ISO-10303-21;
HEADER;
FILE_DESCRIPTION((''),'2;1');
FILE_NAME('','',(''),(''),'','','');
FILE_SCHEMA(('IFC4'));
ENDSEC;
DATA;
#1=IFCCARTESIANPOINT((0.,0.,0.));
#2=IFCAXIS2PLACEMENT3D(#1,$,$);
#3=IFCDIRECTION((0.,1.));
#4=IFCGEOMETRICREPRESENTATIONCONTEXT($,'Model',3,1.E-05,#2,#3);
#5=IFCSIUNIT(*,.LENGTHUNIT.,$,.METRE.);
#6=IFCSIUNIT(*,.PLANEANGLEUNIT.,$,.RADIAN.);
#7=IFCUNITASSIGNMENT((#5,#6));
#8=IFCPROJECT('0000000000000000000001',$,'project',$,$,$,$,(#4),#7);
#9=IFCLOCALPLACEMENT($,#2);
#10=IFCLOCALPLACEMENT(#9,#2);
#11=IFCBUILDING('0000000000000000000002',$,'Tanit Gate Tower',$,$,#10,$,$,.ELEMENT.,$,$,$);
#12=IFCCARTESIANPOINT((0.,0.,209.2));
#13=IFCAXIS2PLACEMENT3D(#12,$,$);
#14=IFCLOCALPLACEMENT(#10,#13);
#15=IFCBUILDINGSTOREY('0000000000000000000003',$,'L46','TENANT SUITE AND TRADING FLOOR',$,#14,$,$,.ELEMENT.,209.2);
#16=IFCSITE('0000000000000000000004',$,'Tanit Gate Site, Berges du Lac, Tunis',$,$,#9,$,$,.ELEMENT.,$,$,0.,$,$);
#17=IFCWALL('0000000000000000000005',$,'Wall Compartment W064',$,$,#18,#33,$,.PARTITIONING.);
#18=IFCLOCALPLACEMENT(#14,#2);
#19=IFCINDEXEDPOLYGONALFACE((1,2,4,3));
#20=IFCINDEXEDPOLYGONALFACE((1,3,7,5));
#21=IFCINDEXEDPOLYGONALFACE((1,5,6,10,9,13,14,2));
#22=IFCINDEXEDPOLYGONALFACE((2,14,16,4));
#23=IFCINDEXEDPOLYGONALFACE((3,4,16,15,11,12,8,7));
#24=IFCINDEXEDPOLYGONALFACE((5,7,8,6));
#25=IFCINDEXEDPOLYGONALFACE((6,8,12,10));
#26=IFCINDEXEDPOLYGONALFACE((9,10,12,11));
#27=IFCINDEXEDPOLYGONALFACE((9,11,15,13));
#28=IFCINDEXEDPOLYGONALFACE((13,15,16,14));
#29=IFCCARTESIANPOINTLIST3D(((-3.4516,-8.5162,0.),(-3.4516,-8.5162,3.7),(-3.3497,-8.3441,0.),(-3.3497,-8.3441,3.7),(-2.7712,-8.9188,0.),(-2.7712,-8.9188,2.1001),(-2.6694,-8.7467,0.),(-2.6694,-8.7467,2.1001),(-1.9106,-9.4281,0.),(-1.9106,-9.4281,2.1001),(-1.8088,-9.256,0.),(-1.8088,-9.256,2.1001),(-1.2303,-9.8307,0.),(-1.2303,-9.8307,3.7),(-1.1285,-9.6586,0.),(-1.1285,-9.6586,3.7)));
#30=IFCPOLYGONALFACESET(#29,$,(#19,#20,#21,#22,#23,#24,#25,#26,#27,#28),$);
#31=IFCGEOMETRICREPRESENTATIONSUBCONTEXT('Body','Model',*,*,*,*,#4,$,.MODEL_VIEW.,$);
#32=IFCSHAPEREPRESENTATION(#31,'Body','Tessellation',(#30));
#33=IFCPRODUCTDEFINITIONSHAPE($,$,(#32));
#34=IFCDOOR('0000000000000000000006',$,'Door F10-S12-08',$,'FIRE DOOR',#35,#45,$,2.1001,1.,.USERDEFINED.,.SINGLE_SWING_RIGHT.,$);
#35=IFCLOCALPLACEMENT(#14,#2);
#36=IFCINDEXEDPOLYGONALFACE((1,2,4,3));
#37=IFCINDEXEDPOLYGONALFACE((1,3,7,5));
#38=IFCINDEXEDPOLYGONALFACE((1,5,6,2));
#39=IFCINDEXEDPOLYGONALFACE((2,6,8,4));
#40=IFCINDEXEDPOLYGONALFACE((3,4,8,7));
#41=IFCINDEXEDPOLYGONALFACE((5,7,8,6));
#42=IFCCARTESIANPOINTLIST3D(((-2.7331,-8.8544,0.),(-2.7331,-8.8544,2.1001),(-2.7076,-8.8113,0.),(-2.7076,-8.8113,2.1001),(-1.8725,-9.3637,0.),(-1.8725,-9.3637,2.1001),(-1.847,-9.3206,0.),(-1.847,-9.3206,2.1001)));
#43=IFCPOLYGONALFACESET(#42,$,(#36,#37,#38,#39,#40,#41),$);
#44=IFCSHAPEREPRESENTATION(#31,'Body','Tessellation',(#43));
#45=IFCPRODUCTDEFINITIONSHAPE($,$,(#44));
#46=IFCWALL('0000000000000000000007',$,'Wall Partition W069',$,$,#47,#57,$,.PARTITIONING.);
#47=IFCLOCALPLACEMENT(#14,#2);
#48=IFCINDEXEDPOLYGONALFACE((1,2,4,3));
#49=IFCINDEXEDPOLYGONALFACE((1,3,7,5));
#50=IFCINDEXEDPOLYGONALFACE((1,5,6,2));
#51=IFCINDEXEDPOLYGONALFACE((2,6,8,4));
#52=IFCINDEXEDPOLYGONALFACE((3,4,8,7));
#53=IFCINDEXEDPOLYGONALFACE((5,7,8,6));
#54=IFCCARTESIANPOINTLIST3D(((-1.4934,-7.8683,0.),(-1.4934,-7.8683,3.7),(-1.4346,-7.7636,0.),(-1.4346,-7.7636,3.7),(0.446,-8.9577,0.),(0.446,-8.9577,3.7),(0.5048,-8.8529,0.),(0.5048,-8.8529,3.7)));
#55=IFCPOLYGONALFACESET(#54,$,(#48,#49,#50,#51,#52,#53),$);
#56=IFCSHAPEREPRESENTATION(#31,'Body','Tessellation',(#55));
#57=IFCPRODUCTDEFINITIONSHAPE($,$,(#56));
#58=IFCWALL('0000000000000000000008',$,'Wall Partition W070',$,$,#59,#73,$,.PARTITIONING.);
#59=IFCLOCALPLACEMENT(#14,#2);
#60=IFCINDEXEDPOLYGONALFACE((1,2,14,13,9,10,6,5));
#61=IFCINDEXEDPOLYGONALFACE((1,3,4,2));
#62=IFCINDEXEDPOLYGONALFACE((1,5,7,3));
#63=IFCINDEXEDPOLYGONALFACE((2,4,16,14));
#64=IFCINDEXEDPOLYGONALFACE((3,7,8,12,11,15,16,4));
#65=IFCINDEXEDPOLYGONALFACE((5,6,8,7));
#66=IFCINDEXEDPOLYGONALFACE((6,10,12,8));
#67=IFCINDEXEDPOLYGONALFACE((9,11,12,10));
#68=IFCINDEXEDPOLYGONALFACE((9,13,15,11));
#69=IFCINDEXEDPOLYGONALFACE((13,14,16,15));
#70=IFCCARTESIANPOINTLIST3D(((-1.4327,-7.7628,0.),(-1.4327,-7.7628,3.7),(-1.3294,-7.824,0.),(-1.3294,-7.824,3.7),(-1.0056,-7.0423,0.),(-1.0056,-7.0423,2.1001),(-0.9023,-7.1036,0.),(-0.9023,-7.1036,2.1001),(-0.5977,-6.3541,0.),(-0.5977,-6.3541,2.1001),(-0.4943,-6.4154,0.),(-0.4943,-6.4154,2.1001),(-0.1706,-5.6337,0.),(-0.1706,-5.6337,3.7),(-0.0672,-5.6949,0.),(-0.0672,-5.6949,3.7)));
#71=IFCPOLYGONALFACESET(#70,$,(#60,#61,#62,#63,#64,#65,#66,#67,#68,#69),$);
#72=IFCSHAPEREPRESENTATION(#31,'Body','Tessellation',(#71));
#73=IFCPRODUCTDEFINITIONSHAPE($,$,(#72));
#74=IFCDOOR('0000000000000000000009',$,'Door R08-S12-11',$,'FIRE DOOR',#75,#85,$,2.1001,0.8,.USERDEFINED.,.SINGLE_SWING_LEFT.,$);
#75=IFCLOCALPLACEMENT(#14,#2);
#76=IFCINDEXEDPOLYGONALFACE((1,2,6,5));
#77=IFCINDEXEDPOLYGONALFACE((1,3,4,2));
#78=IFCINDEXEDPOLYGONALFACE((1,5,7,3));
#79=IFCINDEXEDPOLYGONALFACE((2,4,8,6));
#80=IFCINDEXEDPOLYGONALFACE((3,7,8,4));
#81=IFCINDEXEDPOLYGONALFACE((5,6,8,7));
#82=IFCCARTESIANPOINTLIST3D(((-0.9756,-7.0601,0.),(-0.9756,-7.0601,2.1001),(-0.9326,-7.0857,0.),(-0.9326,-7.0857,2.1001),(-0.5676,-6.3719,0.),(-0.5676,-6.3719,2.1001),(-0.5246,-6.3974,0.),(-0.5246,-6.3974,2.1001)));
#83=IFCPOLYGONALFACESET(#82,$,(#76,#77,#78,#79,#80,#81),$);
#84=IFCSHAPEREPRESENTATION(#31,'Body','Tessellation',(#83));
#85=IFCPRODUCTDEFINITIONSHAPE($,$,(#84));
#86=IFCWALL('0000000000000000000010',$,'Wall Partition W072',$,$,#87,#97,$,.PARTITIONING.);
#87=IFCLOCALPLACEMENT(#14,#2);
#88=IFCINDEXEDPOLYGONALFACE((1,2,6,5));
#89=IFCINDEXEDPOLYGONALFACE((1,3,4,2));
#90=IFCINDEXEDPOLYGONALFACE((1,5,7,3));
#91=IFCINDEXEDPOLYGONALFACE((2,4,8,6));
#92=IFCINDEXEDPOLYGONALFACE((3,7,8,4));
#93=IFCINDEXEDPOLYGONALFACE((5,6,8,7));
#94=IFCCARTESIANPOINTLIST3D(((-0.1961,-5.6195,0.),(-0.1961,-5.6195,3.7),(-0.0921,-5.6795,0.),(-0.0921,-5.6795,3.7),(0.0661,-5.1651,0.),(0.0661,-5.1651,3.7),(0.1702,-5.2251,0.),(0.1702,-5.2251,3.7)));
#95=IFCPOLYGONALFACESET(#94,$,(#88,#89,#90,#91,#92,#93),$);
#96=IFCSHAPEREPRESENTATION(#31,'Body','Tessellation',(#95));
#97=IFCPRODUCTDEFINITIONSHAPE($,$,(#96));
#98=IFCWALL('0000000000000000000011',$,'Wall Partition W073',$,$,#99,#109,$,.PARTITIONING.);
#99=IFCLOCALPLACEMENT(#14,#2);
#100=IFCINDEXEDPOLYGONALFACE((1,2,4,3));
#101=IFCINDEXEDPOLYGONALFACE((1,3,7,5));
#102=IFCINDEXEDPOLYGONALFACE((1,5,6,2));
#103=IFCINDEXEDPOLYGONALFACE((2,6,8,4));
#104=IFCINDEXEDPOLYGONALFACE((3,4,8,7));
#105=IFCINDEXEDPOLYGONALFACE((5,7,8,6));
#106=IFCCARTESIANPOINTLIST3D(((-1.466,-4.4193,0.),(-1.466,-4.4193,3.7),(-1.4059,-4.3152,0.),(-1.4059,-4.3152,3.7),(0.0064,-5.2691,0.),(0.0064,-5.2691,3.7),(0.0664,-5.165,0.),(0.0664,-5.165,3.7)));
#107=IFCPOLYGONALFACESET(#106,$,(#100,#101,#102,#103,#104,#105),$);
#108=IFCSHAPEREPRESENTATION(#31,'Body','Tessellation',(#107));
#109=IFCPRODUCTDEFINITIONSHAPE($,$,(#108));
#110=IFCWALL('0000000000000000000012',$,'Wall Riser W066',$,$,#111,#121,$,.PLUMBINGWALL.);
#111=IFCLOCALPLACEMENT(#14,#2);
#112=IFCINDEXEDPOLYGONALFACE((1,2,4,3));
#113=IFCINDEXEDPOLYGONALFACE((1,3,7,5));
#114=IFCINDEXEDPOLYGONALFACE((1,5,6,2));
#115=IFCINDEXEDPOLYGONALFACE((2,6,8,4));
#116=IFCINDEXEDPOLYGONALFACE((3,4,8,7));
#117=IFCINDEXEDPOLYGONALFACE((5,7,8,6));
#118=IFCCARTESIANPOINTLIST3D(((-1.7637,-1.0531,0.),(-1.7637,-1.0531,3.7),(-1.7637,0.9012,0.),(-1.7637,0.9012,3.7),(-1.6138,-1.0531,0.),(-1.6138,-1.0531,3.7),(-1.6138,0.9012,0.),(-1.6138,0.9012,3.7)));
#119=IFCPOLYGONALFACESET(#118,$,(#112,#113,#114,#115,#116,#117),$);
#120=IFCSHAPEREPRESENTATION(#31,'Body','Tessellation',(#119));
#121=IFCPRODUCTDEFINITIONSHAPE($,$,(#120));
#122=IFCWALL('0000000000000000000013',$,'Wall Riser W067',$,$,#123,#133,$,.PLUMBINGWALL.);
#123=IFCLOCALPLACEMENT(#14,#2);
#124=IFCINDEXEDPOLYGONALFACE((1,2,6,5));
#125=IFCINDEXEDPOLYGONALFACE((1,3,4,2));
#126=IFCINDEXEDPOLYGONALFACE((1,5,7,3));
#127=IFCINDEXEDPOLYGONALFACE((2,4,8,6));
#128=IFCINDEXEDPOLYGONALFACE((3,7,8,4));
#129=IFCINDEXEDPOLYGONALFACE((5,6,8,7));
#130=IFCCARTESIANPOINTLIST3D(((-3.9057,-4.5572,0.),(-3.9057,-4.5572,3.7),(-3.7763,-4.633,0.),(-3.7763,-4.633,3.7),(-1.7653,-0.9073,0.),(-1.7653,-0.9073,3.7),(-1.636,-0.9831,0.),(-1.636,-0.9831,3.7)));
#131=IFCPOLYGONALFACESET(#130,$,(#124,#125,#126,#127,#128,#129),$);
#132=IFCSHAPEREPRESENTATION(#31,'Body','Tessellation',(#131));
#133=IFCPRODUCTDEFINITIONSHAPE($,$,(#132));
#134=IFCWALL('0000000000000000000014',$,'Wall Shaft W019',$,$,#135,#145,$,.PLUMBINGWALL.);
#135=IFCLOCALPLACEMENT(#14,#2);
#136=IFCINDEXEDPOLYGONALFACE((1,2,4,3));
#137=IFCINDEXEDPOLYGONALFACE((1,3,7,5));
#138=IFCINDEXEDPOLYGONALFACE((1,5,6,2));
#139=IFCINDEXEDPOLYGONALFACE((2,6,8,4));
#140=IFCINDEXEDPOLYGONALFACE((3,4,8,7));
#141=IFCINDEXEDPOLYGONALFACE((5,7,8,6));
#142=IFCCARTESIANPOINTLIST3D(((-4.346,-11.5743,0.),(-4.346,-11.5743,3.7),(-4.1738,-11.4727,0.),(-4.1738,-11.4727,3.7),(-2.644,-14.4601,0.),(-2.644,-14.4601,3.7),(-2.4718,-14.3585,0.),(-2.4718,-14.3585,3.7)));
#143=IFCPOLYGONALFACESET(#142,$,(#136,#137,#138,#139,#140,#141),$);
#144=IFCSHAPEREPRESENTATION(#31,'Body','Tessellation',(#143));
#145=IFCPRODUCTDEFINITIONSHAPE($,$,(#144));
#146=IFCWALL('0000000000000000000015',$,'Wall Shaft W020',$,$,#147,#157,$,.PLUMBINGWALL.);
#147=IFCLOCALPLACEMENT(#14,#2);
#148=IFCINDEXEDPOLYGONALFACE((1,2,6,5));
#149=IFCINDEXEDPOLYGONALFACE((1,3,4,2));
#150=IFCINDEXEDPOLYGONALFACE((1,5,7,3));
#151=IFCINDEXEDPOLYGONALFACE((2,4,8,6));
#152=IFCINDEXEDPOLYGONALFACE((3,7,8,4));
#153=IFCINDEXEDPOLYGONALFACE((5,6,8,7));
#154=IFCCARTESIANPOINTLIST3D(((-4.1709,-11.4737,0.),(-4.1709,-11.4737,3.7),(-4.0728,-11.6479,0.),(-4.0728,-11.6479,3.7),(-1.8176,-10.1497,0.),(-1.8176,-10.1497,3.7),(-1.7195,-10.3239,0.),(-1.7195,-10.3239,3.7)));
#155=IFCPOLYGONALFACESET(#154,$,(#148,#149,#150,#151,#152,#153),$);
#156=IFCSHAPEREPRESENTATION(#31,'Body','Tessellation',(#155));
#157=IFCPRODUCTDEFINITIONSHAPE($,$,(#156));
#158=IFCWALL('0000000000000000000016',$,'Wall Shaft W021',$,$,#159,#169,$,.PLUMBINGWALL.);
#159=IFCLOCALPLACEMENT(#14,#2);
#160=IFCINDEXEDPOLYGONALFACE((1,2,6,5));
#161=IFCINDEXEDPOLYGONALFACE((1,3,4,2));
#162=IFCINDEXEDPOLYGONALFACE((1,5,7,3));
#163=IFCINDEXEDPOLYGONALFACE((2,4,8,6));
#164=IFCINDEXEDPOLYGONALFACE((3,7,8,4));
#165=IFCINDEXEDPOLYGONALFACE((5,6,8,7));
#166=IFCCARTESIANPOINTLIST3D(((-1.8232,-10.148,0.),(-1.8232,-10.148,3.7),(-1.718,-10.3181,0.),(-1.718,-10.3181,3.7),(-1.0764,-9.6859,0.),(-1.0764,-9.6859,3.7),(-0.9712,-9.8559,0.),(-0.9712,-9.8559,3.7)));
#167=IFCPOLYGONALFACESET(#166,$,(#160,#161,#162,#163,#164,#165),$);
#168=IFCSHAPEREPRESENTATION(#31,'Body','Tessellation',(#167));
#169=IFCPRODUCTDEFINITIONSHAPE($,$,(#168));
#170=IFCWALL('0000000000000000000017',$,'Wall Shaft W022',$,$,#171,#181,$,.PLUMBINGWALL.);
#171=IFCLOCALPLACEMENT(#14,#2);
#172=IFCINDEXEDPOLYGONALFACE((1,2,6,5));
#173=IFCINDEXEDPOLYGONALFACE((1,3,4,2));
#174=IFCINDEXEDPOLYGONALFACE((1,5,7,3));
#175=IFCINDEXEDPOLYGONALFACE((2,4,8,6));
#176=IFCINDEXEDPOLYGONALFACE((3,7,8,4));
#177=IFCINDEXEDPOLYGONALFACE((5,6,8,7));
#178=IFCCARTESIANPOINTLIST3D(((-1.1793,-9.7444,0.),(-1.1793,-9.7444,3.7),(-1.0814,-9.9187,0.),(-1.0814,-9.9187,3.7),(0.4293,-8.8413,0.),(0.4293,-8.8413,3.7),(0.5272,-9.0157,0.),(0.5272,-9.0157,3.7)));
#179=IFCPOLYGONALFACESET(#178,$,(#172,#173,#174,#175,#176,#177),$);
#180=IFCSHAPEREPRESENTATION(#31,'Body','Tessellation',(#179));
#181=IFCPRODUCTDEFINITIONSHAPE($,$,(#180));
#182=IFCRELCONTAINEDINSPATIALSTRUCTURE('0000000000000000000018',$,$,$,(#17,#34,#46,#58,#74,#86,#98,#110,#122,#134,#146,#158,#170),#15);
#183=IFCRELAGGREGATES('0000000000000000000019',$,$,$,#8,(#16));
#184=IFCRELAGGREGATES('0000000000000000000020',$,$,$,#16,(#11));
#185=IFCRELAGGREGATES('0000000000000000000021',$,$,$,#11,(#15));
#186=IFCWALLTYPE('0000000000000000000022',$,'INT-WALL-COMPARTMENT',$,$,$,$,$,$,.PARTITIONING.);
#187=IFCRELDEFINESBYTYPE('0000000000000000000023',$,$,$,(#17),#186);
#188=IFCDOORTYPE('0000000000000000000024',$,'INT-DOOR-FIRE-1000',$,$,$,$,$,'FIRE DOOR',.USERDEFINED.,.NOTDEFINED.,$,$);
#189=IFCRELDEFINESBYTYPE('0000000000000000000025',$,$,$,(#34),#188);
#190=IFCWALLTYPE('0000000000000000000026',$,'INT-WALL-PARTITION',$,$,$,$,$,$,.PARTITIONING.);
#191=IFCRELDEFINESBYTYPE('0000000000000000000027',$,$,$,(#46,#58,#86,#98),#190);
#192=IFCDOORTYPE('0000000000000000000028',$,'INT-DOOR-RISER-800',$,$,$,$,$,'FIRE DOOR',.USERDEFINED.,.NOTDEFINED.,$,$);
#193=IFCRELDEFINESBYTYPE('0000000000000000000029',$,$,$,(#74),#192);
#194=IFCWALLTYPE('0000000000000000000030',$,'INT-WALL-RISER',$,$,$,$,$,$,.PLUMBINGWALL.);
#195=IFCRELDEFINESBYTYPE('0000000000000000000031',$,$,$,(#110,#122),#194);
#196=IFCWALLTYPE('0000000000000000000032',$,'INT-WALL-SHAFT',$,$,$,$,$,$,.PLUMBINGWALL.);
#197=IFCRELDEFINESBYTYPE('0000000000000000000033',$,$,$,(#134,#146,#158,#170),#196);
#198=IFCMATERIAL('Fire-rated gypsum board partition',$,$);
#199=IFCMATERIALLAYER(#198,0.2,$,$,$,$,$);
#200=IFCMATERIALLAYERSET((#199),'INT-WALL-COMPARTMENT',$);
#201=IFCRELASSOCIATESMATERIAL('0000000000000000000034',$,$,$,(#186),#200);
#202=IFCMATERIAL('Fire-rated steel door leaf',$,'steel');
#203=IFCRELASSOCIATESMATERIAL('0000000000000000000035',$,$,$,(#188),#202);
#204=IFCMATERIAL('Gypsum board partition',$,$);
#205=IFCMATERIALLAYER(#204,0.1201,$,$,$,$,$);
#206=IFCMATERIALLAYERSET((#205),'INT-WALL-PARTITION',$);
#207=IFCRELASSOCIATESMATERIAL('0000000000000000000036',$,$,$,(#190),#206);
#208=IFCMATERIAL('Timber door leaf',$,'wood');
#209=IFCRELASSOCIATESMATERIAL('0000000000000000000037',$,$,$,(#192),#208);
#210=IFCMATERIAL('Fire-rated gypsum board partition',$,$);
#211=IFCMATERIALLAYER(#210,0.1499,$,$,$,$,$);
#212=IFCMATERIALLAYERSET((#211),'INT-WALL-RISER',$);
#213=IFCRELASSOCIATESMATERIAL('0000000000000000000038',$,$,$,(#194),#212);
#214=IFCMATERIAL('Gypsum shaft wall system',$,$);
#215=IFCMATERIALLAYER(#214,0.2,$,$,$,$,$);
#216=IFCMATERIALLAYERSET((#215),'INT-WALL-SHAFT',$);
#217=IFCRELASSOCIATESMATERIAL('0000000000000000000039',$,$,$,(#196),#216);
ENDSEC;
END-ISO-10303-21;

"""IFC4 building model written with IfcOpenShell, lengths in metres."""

from ifc_helpers import new_model, si_unit, direction, frame, frame_2d, origin, place, context, subcontext, project, spatial, rectangle, extrude, material, layer, layer_set, type_object, element, fill, save


model = new_model("IFC4")

# Units and contexts
model_context = context("Model", 3, precision=1e-05, world=origin(), true_north=direction((0.0, 1.0)))
body_context = subcontext(model_context, "Body", "Model", "MODEL_VIEW")
ifc_project = project(units=[si_unit("LENGTHUNIT", "METRE"), si_unit("PLANEANGLEUNIT", "RADIAN")], contexts=[model_context])

# Site, building, storey
site_placement = place(None, origin())
site = spatial("IfcSite", under=ifc_project, at=site_placement, Name="Tanit Gate Site, Berges du Lac, Tunis", CompositionType="ELEMENT", RefElevation=0.0)
building_placement = place(site_placement, origin())
building = spatial("IfcBuilding", under=site, at=building_placement, Name="Tanit Gate Tower", CompositionType="ELEMENT")
storey_placement = place(building_placement, frame((0.0, 0.0, 209.2)))
storey = spatial("IfcBuildingStorey", under=building, at=storey_placement, Name="L46", Description="TENANT SUITE AND TRADING FLOOR", CompositionType="ELEMENT", Elevation=209.2)

# Wall, opening, door
ifc_material_1 = material(Name="Fire-rated gypsum board partition")
ifc_layer_1 = layer(ifc_material_1, 0.2)
ifc_layer_set_1 = layer_set([ifc_layer_1], Name="INT-WALL-COMPARTMENT")
wall_type_1 = type_object("IfcWallType", Name="INT-WALL-COMPARTMENT", PredefinedType="PARTITIONING", material=ifc_layer_set_1)
wall_1_placement = place(storey_placement, frame((-3.4006, -8.4302, 0.0), z_axis=(0.0, 0.0, 1.0), x_axis=(0.860599, -0.509284, 0.0)))
wall_1 = element("IfcWall", 1, at=wall_1_placement, inside=storey, type_object=wall_type_1, Name="Wall Compartment W064", PredefinedType="PARTITIONING", context=body_context, shape_type="SweptSolid", body=[
    extrude(rectangle(XDim=2.5811, YDim=0.2, at=frame_2d((1.2905, 0.0))), origin(), (0.0, 0.0, 1.0), 3.7),
])
opening_1_placement = place(wall_1_placement, frame((0.7905, 0.0, 0.0)))
opening_1 = element("IfcOpeningElement", 2, at=opening_1_placement, cuts=wall_1, PredefinedType="OPENING", context=body_context, shape_type="SweptSolid", body=[
    extrude(rectangle(XDim=1.0, YDim=2.1001, at=frame_2d((0.5, 1.05))), frame((0.0, 0.1099, 0.0), z_axis=(0.0, -1.0, 0.0), x_axis=(1.0, 0.0, 0.0)), (0.0, 0.0, 1.0), 0.22),
])
ifc_material_2 = material(Name="Fire-rated steel door leaf", Category="steel")
door_type_1 = type_object("IfcDoorType", Name="INT-DOOR-FIRE-1000", ElementType="FIRE DOOR", OperationType="NOTDEFINED", PredefinedType="USERDEFINED", material=ifc_material_2)
door_1_placement = place(opening_1_placement, origin())
door_1 = element("IfcDoor", 3, at=door_1_placement, inside=storey, type_object=door_type_1, Name="Door F10-S12-08", ObjectType="FIRE DOOR", OperationType="SINGLE_SWING_RIGHT", OverallHeight=2.1001, OverallWidth=1.0, PredefinedType="USERDEFINED", context=body_context, shape_type="SweptSolid", body=[
    extrude(rectangle(XDim=1.0, YDim=2.1001, at=frame_2d((0.5, 1.05))), frame((0.0, 0.0249, 0.0), z_axis=(0.0, -1.0, 0.0), x_axis=(1.0, 0.0, 0.0)), (0.0, 0.0, 1.0), 0.05),
])
fill(opening_1, door_1)

# Wall
ifc_material_3 = material(Name="Gypsum board partition")
ifc_layer_2 = layer(ifc_material_3, 0.1201)
ifc_layer_set_2 = layer_set([ifc_layer_2], Name="INT-WALL-PARTITION")
wall_type_2 = type_object("IfcWallType", Name="INT-WALL-PARTITION", PredefinedType="PARTITIONING", material=ifc_layer_set_2)
wall_2_placement = place(storey_placement, frame((-1.4641, -7.8159, 0.0), z_axis=(0.0, 0.0, 1.0), x_axis=(0.87188, -0.489719, 0.0)))
element("IfcWall", 4, at=wall_2_placement, inside=storey, type_object=wall_type_2, Name="Wall Partition W069", PredefinedType="PARTITIONING", context=body_context, shape_type="SweptSolid", body=[
    extrude(rectangle(XDim=2.2244, YDim=0.1201, at=frame_2d((1.1123, 0.0))), origin(), (0.0, 0.0, 1.0), 3.7),
])

# Wall, opening, door
wall_3_placement = place(storey_placement, frame((-0.1189, -5.6643, 0.0), z_axis=(0.0, 0.0, 1.0), x_axis=(-0.509948, -0.860205, 0.0)))
wall_3 = element("IfcWall", 5, at=wall_3_placement, inside=storey, type_object=wall_type_2, Name="Wall Partition W070", PredefinedType="PARTITIONING", context=body_context, shape_type="SweptSolid", body=[
    extrude(rectangle(XDim=2.4751, YDim=0.1201, at=frame_2d((1.2375, 0.0))), origin(), (0.0, 0.0, 1.0), 3.7),
])
opening_2_placement = place(wall_3_placement, frame((0.8376, 0.0, 0.0)))
opening_2 = element("IfcOpeningElement", 6, at=opening_2_placement, cuts=wall_3, PredefinedType="OPENING", context=body_context, shape_type="SweptSolid", body=[
    extrude(rectangle(XDim=0.8, YDim=2.1001, at=frame_2d((0.3999, 1.05))), frame((0.0, 0.0701, 0.0), z_axis=(0.0, -1.0, 0.0), x_axis=(1.0, 0.0, 0.0)), (0.0, 0.0, 1.0), 0.1401),
])
ifc_material_4 = material(Name="Timber door leaf", Category="wood")
door_type_2 = type_object("IfcDoorType", Name="INT-DOOR-RISER-800", ElementType="FIRE DOOR", OperationType="NOTDEFINED", PredefinedType="USERDEFINED", material=ifc_material_4)
door_2_placement = place(opening_2_placement, origin())
door_2 = element("IfcDoor", 7, at=door_2_placement, inside=storey, type_object=door_type_2, Name="Door R08-S12-11", ObjectType="FIRE DOOR", OperationType="SINGLE_SWING_LEFT", OverallHeight=2.1001, OverallWidth=0.8, PredefinedType="USERDEFINED", context=body_context, shape_type="SweptSolid", body=[
    extrude(rectangle(XDim=0.8, YDim=2.1001, at=frame_2d((0.3999, 1.05))), frame((0.0, 0.0249, 0.0), z_axis=(0.0, -1.0, 0.0), x_axis=(1.0, 0.0, 0.0)), (0.0, 0.0, 1.0), 0.05),
])
fill(opening_2, door_2)

# Walls
wall_4_placement = place(storey_placement, frame((-0.144, -5.6494, 0.0), z_axis=(0.0, 0.0, 1.0), x_axis=(0.499843, 0.866116, 0.0)))
element("IfcWall", 8, at=wall_4_placement, inside=storey, type_object=wall_type_2, Name="Wall Partition W072", PredefinedType="PARTITIONING", context=body_context, shape_type="SweptSolid", body=[
    extrude(rectangle(XDim=0.5247, YDim=0.1201, at=frame_2d((0.2622, 0.0))), origin(), (0.0, 0.0, 1.0), 3.7),
])
wall_5_placement = place(storey_placement, frame((-1.436, -4.3672, 0.0), z_axis=(0.0, 0.0, 1.0), x_axis=(0.866088, -0.499892, 0.0)))
element("IfcWall", 9, at=wall_5_placement, inside=storey, type_object=wall_type_2, Name="Wall Partition W073", PredefinedType="PARTITIONING", context=body_context, shape_type="SweptSolid", body=[
    extrude(rectangle(XDim=1.7, YDim=0.1201, at=frame_2d((0.8501, 0.0))), origin(), (0.0, 0.0, 1.0), 3.7),
])
ifc_material_5 = material(Name="Fire-rated gypsum board partition")
ifc_layer_3 = layer(ifc_material_5, 0.1499)
ifc_layer_set_3 = layer_set([ifc_layer_3], Name="INT-WALL-RISER")
wall_type_3 = type_object("IfcWallType", Name="INT-WALL-RISER", PredefinedType="PLUMBINGWALL", material=ifc_layer_set_3)
wall_6_placement = place(storey_placement, frame((-1.6887, -1.053, 0.0), z_axis=(0.0, 0.0, 1.0), x_axis=(0.0, 1.0, 0.0)))
element("IfcWall", 10, at=wall_6_placement, inside=storey, type_object=wall_type_3, Name="Wall Riser W066", PredefinedType="PLUMBINGWALL", context=body_context, shape_type="SweptSolid", body=[
    extrude(rectangle(XDim=1.9543, YDim=0.1499, at=frame_2d((0.9771, 0.0))), origin(), (0.0, 0.0, 1.0), 3.7),
])
wall_7_placement = place(storey_placement, frame((-3.8411, -4.5952, 0.0), z_axis=(0.0, 0.0, 1.0), x_axis=(0.505857, 0.862617, 0.0)))
element("IfcWall", 11, at=wall_7_placement, inside=storey, type_object=wall_type_3, Name="Wall Riser W067", PredefinedType="PLUMBINGWALL", context=body_context, shape_type="SweptSolid", body=[
    extrude(rectangle(XDim=4.2312, YDim=0.1499, at=frame_2d((2.1157, 0.0))), origin(), (0.0, 0.0, 1.0), 3.7),
])
ifc_material_6 = material(Name="Gypsum shaft wall system")
ifc_layer_4 = layer(ifc_material_6, 0.2)
ifc_layer_set_4 = layer_set([ifc_layer_4], Name="INT-WALL-SHAFT")
wall_type_4 = type_object("IfcWallType", Name="INT-WALL-SHAFT", PredefinedType="PLUMBINGWALL", material=ifc_layer_set_4)
wall_8_placement = place(storey_placement, frame((-2.5579, -14.4094, 0.0), z_axis=(0.0, 0.0, 1.0), x_axis=(-0.507997, 0.861359, 0.0)))
element("IfcWall", 12, at=wall_8_placement, inside=storey, type_object=wall_type_4, Name="Wall Shaft W019", PredefinedType="PLUMBINGWALL", context=body_context, shape_type="SweptSolid", body=[
    extrude(rectangle(XDim=3.3503, YDim=0.2, at=frame_2d((1.6753, 0.0))), origin(), (0.0, 0.0, 1.0), 3.7),
])
wall_9_placement = place(storey_placement, frame((-1.7686, -10.2368, 0.0), z_axis=(0.0, 0.0, 1.0), x_axis=(-0.871534, -0.490334, 0.0)))
element("IfcWall", 13, at=wall_9_placement, inside=storey, type_object=wall_type_4, Name="Wall Shaft W020", PredefinedType="PLUMBINGWALL", context=body_context, shape_type="SweptSolid", body=[
    extrude(rectangle(XDim=2.7002, YDim=0.2, at=frame_2d((1.3501, 0.0))), origin(), (0.0, 0.0, 1.0), 3.7),
])
wall_10_placement = place(storey_placement, frame((-1.0239, -9.771, 0.0), z_axis=(0.0, 0.0, 1.0), x_axis=(-0.850348, -0.526221, 0.0)))
element("IfcWall", 14, at=wall_10_placement, inside=storey, type_object=wall_type_4, Name="Wall Shaft W021", PredefinedType="PLUMBINGWALL", context=body_context, shape_type="SweptSolid", body=[
    extrude(rectangle(XDim=0.8782, YDim=0.2, at=frame_2d((0.439, 0.0))), origin(), (0.0, 0.0, 1.0), 3.7),
])
wall_11_placement = place(storey_placement, frame((-1.1304, -9.8315, 0.0), z_axis=(0.0, 0.0, 1.0), x_axis=(0.871989, 0.489526, 0.0)))
element("IfcWall", 15, at=wall_11_placement, inside=storey, type_object=wall_type_4, Name="Wall Shaft W022", PredefinedType="PLUMBINGWALL", context=body_context, shape_type="SweptSolid", body=[
    extrude(rectangle(XDim=1.8447, YDim=0.2, at=frame_2d((0.9224, 0.0))), origin(), (0.0, 0.0, 1.0), 3.7),
])

save(model, "model.ifc")
